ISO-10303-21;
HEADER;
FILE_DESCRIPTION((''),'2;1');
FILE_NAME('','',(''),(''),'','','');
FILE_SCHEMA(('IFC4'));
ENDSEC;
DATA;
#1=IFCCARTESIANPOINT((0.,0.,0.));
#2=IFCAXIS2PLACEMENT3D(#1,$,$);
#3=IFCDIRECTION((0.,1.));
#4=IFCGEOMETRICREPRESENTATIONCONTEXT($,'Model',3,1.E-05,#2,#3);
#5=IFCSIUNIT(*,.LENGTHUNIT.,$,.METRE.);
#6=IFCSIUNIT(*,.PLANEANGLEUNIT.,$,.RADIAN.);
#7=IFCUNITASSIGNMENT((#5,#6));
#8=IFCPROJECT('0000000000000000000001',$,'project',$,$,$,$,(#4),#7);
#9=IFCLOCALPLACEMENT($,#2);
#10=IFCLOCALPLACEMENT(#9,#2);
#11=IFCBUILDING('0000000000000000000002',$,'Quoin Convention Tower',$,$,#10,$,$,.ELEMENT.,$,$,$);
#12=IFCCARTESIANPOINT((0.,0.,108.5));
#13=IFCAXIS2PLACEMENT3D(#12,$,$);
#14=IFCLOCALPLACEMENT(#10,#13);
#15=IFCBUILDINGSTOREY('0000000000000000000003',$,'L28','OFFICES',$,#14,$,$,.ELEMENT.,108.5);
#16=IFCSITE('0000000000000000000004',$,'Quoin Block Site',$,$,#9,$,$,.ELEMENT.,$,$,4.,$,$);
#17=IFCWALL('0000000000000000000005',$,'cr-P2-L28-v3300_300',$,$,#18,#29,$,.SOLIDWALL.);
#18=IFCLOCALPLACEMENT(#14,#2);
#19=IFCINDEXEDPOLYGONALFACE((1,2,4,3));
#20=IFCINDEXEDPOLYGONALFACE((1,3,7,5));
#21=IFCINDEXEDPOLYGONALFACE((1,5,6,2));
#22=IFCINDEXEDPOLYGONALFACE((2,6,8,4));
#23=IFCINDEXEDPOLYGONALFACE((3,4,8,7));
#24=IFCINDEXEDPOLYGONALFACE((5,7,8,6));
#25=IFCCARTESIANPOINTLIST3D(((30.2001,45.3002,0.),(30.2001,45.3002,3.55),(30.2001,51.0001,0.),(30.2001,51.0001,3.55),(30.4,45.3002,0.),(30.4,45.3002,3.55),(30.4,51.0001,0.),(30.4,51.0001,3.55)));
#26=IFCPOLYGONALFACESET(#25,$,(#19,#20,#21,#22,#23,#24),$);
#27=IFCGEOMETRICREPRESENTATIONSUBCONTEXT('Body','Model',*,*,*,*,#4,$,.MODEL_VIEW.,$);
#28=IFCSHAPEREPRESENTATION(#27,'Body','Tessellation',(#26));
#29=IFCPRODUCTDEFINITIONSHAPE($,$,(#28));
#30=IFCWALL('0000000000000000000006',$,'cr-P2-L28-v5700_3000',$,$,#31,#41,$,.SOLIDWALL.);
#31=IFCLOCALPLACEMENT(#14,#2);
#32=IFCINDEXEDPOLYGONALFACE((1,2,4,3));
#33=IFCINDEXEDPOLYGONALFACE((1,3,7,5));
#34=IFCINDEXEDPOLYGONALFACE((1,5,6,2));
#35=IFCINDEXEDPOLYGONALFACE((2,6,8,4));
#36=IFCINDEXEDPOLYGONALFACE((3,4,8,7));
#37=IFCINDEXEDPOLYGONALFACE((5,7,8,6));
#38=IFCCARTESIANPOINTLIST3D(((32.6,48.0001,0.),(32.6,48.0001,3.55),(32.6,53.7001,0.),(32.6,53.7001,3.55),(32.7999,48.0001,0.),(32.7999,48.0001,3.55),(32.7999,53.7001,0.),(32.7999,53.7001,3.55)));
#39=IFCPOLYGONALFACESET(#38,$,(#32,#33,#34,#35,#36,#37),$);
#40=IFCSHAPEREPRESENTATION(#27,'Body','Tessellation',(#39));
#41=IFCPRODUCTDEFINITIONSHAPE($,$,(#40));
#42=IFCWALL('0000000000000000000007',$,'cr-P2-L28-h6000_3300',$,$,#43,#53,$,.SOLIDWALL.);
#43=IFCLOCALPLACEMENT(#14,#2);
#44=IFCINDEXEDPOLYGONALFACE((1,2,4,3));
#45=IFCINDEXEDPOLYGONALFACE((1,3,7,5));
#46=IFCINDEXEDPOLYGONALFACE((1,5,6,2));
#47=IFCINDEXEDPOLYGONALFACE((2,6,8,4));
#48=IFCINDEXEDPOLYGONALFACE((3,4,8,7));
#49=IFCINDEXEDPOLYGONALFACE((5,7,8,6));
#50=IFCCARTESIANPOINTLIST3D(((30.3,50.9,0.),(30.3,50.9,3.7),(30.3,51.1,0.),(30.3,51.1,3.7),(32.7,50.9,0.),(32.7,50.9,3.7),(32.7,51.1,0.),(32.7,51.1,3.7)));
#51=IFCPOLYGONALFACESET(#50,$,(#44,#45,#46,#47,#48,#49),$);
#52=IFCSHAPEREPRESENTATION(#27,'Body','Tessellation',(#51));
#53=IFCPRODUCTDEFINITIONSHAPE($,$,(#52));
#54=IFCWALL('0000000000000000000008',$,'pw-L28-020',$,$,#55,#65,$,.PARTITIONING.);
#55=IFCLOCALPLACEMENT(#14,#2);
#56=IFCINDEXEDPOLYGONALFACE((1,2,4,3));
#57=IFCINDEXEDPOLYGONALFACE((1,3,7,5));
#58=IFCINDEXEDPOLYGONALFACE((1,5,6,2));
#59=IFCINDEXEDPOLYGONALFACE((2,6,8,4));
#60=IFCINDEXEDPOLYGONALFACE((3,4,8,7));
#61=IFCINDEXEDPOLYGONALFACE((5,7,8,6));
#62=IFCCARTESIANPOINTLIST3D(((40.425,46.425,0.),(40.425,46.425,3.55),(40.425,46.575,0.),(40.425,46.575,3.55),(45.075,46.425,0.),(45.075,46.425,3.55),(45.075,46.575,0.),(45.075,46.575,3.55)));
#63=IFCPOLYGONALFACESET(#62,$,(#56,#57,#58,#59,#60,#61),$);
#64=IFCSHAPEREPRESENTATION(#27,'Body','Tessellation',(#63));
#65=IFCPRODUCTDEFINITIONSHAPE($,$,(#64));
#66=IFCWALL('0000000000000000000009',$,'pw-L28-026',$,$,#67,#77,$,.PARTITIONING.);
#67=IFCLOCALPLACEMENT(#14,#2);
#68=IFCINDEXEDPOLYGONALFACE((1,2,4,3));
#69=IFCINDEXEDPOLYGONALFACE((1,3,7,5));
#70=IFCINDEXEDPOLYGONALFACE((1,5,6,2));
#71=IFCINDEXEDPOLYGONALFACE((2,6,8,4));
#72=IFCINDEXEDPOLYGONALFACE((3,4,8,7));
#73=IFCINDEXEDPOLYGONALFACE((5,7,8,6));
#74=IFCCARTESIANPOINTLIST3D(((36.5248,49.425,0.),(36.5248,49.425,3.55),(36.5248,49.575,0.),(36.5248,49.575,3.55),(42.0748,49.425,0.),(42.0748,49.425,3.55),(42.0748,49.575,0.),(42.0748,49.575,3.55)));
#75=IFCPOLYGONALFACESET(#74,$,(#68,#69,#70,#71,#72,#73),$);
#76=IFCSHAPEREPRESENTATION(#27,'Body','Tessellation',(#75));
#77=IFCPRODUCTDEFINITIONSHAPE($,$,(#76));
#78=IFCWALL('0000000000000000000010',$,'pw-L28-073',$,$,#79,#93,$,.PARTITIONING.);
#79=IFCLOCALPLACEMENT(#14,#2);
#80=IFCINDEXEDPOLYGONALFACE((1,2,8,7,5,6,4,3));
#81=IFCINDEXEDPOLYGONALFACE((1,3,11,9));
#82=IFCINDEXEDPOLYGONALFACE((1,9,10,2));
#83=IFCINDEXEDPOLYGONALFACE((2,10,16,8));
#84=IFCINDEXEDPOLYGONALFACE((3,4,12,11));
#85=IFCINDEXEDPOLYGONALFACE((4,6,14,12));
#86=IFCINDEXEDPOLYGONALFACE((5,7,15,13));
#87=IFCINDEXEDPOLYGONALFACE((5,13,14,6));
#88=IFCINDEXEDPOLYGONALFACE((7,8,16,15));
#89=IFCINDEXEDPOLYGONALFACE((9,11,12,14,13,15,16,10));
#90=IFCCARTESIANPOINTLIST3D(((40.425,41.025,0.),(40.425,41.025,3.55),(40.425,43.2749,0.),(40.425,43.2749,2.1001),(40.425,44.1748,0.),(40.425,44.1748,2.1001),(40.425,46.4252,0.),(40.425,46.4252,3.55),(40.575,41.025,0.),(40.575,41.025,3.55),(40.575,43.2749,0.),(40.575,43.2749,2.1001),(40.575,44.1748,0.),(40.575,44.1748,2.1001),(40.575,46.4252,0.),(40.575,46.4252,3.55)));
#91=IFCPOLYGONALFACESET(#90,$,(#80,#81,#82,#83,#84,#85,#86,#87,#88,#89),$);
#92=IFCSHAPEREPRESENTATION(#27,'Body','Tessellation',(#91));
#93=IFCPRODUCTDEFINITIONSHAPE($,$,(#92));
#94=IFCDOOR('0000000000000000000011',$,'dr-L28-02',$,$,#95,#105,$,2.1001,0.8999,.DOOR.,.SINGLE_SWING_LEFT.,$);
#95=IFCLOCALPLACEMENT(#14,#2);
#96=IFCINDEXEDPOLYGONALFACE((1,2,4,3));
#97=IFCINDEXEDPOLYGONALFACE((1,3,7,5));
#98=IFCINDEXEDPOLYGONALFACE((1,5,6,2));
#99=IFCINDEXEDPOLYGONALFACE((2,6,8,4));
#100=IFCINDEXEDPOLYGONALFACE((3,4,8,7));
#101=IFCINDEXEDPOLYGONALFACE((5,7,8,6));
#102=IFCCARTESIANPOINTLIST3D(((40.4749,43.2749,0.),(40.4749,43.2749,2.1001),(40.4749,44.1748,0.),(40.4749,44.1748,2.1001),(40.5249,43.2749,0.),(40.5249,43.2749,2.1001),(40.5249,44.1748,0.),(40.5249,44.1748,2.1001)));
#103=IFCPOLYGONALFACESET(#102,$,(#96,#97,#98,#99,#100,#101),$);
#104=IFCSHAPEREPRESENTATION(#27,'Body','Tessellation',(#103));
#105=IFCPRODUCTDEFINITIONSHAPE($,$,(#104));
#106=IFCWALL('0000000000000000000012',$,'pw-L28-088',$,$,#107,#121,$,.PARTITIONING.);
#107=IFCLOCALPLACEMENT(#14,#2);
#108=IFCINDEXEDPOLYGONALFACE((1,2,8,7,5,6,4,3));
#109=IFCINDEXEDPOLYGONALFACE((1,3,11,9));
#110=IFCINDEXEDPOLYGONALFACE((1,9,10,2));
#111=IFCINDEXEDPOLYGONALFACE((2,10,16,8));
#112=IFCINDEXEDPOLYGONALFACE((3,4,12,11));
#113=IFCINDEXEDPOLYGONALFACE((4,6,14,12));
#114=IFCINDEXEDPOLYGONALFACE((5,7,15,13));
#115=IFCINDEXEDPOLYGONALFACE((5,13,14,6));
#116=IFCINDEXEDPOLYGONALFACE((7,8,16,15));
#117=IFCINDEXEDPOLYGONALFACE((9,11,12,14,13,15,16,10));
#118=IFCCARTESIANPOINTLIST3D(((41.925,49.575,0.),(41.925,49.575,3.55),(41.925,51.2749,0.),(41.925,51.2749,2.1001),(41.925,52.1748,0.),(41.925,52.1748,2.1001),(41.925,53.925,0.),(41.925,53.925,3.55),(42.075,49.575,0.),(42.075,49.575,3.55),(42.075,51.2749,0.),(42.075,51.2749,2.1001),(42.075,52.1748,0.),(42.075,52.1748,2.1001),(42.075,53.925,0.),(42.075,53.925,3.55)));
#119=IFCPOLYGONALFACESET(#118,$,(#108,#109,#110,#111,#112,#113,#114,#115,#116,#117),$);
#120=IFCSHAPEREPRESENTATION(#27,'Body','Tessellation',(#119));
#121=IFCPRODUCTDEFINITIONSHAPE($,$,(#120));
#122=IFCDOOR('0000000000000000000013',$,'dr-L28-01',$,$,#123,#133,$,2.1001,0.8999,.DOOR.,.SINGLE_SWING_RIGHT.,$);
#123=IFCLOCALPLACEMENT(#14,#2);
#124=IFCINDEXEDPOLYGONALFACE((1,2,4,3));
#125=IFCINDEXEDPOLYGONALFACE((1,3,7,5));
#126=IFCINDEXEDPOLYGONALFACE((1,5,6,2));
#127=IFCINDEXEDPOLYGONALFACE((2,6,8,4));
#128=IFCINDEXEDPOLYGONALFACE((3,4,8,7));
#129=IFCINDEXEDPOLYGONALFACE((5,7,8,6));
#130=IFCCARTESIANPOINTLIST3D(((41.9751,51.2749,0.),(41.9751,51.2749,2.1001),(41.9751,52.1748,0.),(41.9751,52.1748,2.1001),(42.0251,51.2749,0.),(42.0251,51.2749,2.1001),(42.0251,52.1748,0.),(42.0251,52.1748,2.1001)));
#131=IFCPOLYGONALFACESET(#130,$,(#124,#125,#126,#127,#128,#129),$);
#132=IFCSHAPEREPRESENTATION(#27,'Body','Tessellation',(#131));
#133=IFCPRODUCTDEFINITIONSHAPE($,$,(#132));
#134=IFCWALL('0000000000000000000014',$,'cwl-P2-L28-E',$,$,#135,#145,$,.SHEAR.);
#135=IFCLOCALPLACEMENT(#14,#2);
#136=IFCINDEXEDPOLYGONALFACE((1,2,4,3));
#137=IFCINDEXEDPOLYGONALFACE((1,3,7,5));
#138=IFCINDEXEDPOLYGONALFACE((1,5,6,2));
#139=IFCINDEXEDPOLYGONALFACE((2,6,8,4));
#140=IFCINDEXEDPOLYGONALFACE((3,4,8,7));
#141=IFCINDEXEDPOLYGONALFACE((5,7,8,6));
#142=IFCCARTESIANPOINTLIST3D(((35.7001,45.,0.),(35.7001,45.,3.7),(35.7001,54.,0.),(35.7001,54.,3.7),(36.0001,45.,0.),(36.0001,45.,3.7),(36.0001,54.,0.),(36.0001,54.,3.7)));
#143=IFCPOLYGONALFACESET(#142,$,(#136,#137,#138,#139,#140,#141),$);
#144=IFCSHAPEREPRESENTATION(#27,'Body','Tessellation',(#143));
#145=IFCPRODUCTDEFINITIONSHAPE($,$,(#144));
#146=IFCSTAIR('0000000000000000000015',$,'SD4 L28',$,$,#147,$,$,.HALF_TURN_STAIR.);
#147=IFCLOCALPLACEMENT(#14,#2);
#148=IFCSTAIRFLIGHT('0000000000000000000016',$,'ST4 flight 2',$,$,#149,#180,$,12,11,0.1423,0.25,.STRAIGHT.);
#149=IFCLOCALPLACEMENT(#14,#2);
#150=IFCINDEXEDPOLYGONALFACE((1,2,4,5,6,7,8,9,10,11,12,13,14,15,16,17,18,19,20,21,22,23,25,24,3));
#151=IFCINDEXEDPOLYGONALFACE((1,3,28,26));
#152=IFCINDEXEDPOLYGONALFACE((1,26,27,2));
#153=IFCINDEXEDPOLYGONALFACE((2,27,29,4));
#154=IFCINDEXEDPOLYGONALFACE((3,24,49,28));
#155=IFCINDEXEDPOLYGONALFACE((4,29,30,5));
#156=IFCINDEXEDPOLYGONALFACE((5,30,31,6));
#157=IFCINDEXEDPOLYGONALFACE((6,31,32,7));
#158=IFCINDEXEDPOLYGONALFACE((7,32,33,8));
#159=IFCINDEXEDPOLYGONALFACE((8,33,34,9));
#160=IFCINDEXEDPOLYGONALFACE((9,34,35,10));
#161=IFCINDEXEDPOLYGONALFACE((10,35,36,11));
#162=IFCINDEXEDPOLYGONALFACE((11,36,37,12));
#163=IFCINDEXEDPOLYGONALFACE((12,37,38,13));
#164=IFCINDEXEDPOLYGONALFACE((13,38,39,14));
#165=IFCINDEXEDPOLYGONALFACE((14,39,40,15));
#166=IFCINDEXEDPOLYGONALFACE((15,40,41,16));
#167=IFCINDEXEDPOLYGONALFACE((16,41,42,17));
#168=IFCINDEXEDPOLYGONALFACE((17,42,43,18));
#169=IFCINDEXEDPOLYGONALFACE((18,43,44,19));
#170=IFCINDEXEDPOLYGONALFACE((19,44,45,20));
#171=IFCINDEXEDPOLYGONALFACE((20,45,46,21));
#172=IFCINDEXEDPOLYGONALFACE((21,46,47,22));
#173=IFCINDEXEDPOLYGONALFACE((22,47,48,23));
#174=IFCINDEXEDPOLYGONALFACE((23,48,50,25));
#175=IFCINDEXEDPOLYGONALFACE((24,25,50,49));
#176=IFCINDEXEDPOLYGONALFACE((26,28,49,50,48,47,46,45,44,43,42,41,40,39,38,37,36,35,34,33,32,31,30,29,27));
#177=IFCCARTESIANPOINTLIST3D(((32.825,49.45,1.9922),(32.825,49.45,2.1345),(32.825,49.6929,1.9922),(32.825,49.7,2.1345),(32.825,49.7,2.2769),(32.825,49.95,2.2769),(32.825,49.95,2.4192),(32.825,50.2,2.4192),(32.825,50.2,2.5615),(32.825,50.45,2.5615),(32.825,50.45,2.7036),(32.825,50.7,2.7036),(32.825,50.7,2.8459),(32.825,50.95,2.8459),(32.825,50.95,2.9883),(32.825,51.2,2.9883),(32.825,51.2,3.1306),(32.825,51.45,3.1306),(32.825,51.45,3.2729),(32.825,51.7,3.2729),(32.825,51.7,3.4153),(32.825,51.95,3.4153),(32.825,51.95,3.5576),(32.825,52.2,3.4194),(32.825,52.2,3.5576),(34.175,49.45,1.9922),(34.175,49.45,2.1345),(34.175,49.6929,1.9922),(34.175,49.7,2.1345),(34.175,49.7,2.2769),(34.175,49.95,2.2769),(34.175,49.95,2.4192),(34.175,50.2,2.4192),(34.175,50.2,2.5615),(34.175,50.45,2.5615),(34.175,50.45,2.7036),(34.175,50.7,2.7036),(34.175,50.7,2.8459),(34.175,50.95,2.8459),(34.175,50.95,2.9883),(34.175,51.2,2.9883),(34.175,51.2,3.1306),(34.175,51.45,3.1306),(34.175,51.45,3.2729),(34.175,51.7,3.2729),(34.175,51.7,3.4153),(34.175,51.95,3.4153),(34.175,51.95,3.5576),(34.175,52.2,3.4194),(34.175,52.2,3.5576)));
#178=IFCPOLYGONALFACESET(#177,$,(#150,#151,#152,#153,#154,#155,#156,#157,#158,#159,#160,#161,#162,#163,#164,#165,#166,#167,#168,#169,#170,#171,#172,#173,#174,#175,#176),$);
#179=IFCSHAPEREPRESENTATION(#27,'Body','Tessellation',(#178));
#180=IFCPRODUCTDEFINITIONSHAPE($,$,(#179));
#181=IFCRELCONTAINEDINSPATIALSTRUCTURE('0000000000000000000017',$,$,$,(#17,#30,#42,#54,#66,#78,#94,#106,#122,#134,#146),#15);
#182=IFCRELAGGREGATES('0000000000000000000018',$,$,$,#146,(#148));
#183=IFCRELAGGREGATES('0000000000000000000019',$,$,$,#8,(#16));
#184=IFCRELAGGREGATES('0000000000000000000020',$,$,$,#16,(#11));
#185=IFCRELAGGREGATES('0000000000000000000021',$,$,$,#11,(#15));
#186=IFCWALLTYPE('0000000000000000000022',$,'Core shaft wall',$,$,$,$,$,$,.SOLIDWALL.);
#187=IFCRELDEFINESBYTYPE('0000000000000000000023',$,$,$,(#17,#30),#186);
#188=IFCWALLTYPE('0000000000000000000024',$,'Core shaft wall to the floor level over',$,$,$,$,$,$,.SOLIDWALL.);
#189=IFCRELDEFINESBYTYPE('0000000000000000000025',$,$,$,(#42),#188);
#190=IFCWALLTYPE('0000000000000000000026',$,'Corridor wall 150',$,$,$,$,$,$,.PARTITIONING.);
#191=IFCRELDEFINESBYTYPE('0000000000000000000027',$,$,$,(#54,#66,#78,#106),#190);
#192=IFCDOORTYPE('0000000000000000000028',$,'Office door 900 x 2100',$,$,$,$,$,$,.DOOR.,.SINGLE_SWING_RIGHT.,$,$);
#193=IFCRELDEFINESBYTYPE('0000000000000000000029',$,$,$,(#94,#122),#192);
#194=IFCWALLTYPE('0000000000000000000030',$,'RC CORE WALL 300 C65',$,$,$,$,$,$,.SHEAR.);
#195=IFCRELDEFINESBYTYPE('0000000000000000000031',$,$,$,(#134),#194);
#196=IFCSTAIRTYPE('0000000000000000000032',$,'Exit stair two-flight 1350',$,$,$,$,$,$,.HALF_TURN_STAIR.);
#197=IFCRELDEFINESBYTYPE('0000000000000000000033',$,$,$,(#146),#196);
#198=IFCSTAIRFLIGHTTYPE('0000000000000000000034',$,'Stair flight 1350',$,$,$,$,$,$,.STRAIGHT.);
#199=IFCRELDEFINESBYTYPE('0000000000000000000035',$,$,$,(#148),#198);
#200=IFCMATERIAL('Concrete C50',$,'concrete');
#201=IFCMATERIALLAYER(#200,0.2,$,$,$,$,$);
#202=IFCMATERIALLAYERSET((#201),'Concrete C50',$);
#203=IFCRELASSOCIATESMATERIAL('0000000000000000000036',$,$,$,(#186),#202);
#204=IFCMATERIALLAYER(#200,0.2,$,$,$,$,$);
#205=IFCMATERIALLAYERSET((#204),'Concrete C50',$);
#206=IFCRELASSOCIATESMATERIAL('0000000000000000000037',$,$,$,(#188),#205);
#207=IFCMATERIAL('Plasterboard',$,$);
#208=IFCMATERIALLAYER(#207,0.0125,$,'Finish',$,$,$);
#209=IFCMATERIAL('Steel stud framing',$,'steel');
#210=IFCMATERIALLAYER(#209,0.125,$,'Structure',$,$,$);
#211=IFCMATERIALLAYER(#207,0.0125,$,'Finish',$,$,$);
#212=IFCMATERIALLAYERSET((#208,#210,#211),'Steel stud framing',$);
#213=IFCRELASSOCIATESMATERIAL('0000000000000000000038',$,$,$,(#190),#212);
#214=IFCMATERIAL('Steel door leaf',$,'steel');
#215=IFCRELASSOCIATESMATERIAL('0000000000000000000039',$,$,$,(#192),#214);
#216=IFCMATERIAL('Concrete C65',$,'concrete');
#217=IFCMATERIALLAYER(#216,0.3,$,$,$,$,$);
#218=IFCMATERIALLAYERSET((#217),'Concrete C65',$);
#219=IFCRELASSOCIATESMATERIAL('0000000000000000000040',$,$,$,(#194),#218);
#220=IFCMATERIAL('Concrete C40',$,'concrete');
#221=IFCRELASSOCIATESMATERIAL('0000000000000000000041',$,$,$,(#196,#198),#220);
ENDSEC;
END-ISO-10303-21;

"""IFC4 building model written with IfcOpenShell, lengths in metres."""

from ifc_helpers import new_model, si_unit, direction, frame, frame_2d, origin, place, context, subcontext, project, spatial, polyline, rectangle, outline, extrude, material, layer, layer_set, type_object, element, fill, aggregate, save


model = new_model("IFC4")

# Units and contexts
model_context = context("Model", 3, precision=1e-05, world=origin(), true_north=direction((0.0, 1.0)))
body_context = subcontext(model_context, "Body", "Model", "MODEL_VIEW")
ifc_project = project(units=[si_unit("LENGTHUNIT", "METRE"), si_unit("PLANEANGLEUNIT", "RADIAN")], contexts=[model_context])

# Site, building, storey
site_placement = place(None, origin())
site = spatial("IfcSite", under=ifc_project, at=site_placement, Name="Quoin Block Site", CompositionType="ELEMENT", RefElevation=4.0)
building_placement = place(site_placement, origin())
building = spatial("IfcBuilding", under=site, at=building_placement, Name="Quoin Convention Tower", CompositionType="ELEMENT")
storey_placement = place(building_placement, frame((0.0, 0.0, 108.5)))
storey = spatial("IfcBuildingStorey", under=building, at=storey_placement, Name="L28", Description="OFFICES", CompositionType="ELEMENT", Elevation=108.5)

# Shared definitions
ifc_material_1 = material(Name="Concrete C65", Category="concrete")

# Walls
ifc_material_2 = material(Name="Concrete C50", Category="concrete")
ifc_layer_1 = layer(ifc_material_2, 0.2)
ifc_layer_set_1 = layer_set([ifc_layer_1], Name="Concrete C50")
wall_type_1 = type_object("IfcWallType", Name="Core shaft wall", PredefinedType="SOLIDWALL", material=ifc_layer_set_1)
for number, where, z_axis, x_axis, name in (
    (1, (30.3, 45.3, 0.0), (0.0, 0.0, 1.0), (0.0, 1.0, 0.0), "cr-P2-L28-v3300_300"),
    (2, (32.7, 48.0, 0.0), (0.0, 0.0, 1.0), (0.0, 1.0, 0.0), "cr-P2-L28-v5700_3000"),
):
    element("IfcWall", number, at=place(storey_placement, frame(where, z_axis=z_axis, x_axis=x_axis)), inside=storey, type_object=wall_type_1, Name=name, PredefinedType="SOLIDWALL", context=body_context, shape_type="SweptSolid", body=[
        extrude(rectangle(XDim=5.7, YDim=0.2, at=frame_2d((2.8501, 0.0))), origin(), (0.0, 0.0, 1.0), 3.55),
    ])
ifc_layer_2 = layer(ifc_material_2, 0.2)
ifc_layer_set_2 = layer_set([ifc_layer_2], Name="Concrete C50")
wall_type_2 = type_object("IfcWallType", Name="Core shaft wall to the floor level over", PredefinedType="SOLIDWALL", material=ifc_layer_set_2)
wall_1_placement = place(storey_placement, frame((30.3, 51.0, 0.0), z_axis=(0.0, 0.0, 1.0), x_axis=(1.0, 0.0, 0.0)))
element("IfcWall", 3, at=wall_1_placement, inside=storey, type_object=wall_type_2, Name="cr-P2-L28-h6000_3300", PredefinedType="SOLIDWALL", context=body_context, shape_type="SweptSolid", body=[
    extrude(rectangle(XDim=2.3999, YDim=0.2, at=frame_2d((1.2, 0.0))), origin(), (0.0, 0.0, 1.0), 3.7),
])
ifc_material_3 = material(Name="Plasterboard")
ifc_layer_3 = layer(ifc_material_3, 0.0125, Name="Finish")
ifc_material_4 = material(Name="Steel stud framing", Category="steel")
ifc_layer_4 = layer(ifc_material_4, 0.125, Name="Structure")
ifc_layer_5 = layer(ifc_material_3, 0.0125, Name="Finish")
ifc_layer_set_3 = layer_set([ifc_layer_3, ifc_layer_4, ifc_layer_5], Name="Steel stud framing")
wall_type_3 = type_object("IfcWallType", Name="Corridor wall 150", PredefinedType="PARTITIONING", material=ifc_layer_set_3)
wall_2_placement = place(storey_placement, frame((40.425, 46.5, 0.0), z_axis=(0.0, 0.0, 1.0), x_axis=(1.0, 0.0, 0.0)))
element("IfcWall", 4, at=wall_2_placement, inside=storey, type_object=wall_type_3, Name="pw-L28-020", PredefinedType="PARTITIONING", context=body_context, shape_type="SweptSolid", body=[
    extrude(rectangle(XDim=4.6499, YDim=0.1499, at=frame_2d((2.325, 0.0))), origin(), (0.0, 0.0, 1.0), 3.55),
])
wall_3_placement = place(storey_placement, frame((36.5249, 49.5, 0.0), z_axis=(0.0, 0.0, 1.0), x_axis=(1.0, 0.0, 0.0)))
element("IfcWall", 5, at=wall_3_placement, inside=storey, type_object=wall_type_3, Name="pw-L28-026", PredefinedType="PARTITIONING", context=body_context, shape_type="SweptSolid", body=[
    extrude(rectangle(XDim=5.55, YDim=0.1499, at=frame_2d((2.7749, 0.0))), origin(), (0.0, 0.0, 1.0), 3.55),
])

# Walls, openings, doors
wall_4_placement = place(storey_placement, frame((40.5, 41.0249, 0.0), z_axis=(0.0, 0.0, 1.0), x_axis=(0.0, 1.0, 0.0)))
wall_4 = element("IfcWall", 6, at=wall_4_placement, inside=storey, type_object=wall_type_3, Name="pw-L28-073", PredefinedType="PARTITIONING", context=body_context, shape_type="SweptSolid", body=[
    extrude(rectangle(XDim=5.4001, YDim=0.1499, at=frame_2d((2.7002, 0.0))), origin(), (0.0, 0.0, 1.0), 3.55),
])
opening_1_placement = place(wall_4_placement, frame((2.25, 0.0, 0.0)))
opening_1 = element("IfcOpeningElement", 7, at=opening_1_placement, cuts=wall_4, PredefinedType="OPENING", context=body_context, shape_type="SweptSolid", body=[
    extrude(rectangle(XDim=0.8999, YDim=2.1001, at=frame_2d((0.45, 1.05))), frame((0.0, 0.085, 0.0), z_axis=(0.0, -1.0, 0.0), x_axis=(1.0, 0.0, 0.0)), (0.0, 0.0, 1.0), 0.1699),
])
ifc_material_5 = material(Name="Steel door leaf", Category="steel")
door_type = type_object("IfcDoorType", Name="Office door 900 x 2100", OperationType="SINGLE_SWING_RIGHT", PredefinedType="DOOR", material=ifc_material_5)
door_1_placement = place(opening_1_placement, frame((0.8999, 0.0, 0.0), z_axis=(0.0, 0.0, 1.0), x_axis=(-1.0, 0.0, 0.0)))
door_1 = element("IfcDoor", 8, at=door_1_placement, inside=storey, type_object=door_type, Name="dr-L28-02", OperationType="SINGLE_SWING_LEFT", OverallHeight=2.1001, OverallWidth=0.8999, PredefinedType="DOOR", context=body_context, shape_type="SweptSolid", body=[
    extrude(rectangle(XDim=0.8999, YDim=2.1001, at=frame_2d((0.45, 1.05))), frame((0.0, 0.0249, 0.0), z_axis=(0.0, -1.0, 0.0), x_axis=(1.0, 0.0, 0.0)), (0.0, 0.0, 1.0), 0.05),
])
fill(opening_1, door_1)
wall_5_placement = place(storey_placement, frame((42.0, 49.575, 0.0), z_axis=(0.0, 0.0, 1.0), x_axis=(0.0, 1.0, 0.0)))
wall_5 = element("IfcWall", 9, at=wall_5_placement, inside=storey, type_object=wall_type_3, Name="pw-L28-088", PredefinedType="PARTITIONING", context=body_context, shape_type="SweptSolid", body=[
    extrude(rectangle(XDim=4.3501, YDim=0.1499, at=frame_2d((2.175, 0.0))), origin(), (0.0, 0.0, 1.0), 3.55),
])
opening_2_placement = place(wall_5_placement, frame((1.7, 0.0, 0.0)))
opening_2 = element("IfcOpeningElement", 10, at=opening_2_placement, cuts=wall_5, PredefinedType="OPENING", context=body_context, shape_type="SweptSolid", body=[
    extrude(rectangle(XDim=0.8999, YDim=2.1001, at=frame_2d((0.45, 1.05))), frame((0.0, 0.085, 0.0), z_axis=(0.0, -1.0, 0.0), x_axis=(1.0, 0.0, 0.0)), (0.0, 0.0, 1.0), 0.1699),
])
door_2_placement = place(opening_2_placement, origin())
door_2 = element("IfcDoor", 11, at=door_2_placement, inside=storey, type_object=door_type, Name="dr-L28-01", OperationType="SINGLE_SWING_RIGHT", OverallHeight=2.1001, OverallWidth=0.8999, PredefinedType="DOOR", context=body_context, shape_type="SweptSolid", body=[
    extrude(rectangle(XDim=0.8999, YDim=2.1001, at=frame_2d((0.45, 1.05))), frame((0.0, 0.0249, 0.0), z_axis=(0.0, -1.0, 0.0), x_axis=(1.0, 0.0, 0.0)), (0.0, 0.0, 1.0), 0.05),
])
fill(opening_2, door_2)

# Wall
ifc_layer_6 = layer(ifc_material_1, 0.3)
ifc_layer_set_4 = layer_set([ifc_layer_6], Name="Concrete C65")
wall_type_4 = type_object("IfcWallType", Name="RC CORE WALL 300 C65", PredefinedType="SHEAR", material=ifc_layer_set_4)
wall_6_placement = place(storey_placement, frame((35.8501, 45.0, 0.0), z_axis=(0.0, 0.0, 1.0), x_axis=(0.0, 1.0, 0.0)))
element("IfcWall", 12, at=wall_6_placement, inside=storey, type_object=wall_type_4, Name="cwl-P2-L28-E", PredefinedType="SHEAR", context=body_context, shape_type="SweptSolid", body=[
    extrude(rectangle(XDim=9.0, YDim=0.3, at=frame_2d((4.5, 0.0))), origin(), (0.0, 0.0, 1.0), 3.7),
])

# Stair, stair flight
ifc_material_6 = material(Name="Concrete C40", Category="concrete")
stair_type = type_object("IfcStairType", Name="Exit stair two-flight 1350", PredefinedType="HALF_TURN_STAIR", material=ifc_material_6)
stair_placement = place(storey_placement, origin())
stair = element("IfcStair", 13, at=stair_placement, inside=storey, type_object=stair_type, Name="SD4 L28", PredefinedType="HALF_TURN_STAIR")
stair_flight_type = type_object("IfcStairFlightType", Name="Stair flight 1350", PredefinedType="STRAIGHT", material=ifc_material_6)
stair_flight_placement = place(storey_placement, frame((33.5, 49.45, 1.9922), z_axis=(0.0, 0.0, 1.0), x_axis=(0.0, 1.0, 0.0)))
stair_flight = element("IfcStairFlight", 14, at=stair_flight_placement, type_object=stair_flight_type, Name="ST4 flight 2", NumberOfRisers=12, NumberOfTreads=11, PredefinedType="STRAIGHT", RiserHeight=0.1423, TreadLength=0.25, context=body_context, shape_type="SweptSolid", body=[
    extrude(outline(polyline([(0.0, 0.0), (0.0, 0.1423), (0.25, 0.1423), (0.25, 0.2847), (0.5, 0.2847), (0.5, 0.427), (0.75, 0.427), (0.75, 0.5693), (1.0, 0.5693), (1.0, 0.7114), (1.25, 0.7114), (1.25, 0.8538), (1.5, 0.8538), (1.5, 0.9961), (1.75, 0.9961), (1.75, 1.1384), (2.0, 1.1384), (2.0, 1.2808), (2.25, 1.2808), (2.25, 1.4231), (2.5, 1.4231), (2.5, 1.5654), (2.75, 1.5654), (2.75, 1.7078), (2.75, 1.4272), (0.2429, 0.0), (0.0, 0.0)])), frame((0.0, 0.675, 0.0), z_axis=(0.0, -1.0, 0.0), x_axis=(1.0, 0.0, 0.0)), (0.0, 0.0, 1.0), 1.3501),
])
aggregate(stair, [stair_flight])

save(model, "model.ifc")
